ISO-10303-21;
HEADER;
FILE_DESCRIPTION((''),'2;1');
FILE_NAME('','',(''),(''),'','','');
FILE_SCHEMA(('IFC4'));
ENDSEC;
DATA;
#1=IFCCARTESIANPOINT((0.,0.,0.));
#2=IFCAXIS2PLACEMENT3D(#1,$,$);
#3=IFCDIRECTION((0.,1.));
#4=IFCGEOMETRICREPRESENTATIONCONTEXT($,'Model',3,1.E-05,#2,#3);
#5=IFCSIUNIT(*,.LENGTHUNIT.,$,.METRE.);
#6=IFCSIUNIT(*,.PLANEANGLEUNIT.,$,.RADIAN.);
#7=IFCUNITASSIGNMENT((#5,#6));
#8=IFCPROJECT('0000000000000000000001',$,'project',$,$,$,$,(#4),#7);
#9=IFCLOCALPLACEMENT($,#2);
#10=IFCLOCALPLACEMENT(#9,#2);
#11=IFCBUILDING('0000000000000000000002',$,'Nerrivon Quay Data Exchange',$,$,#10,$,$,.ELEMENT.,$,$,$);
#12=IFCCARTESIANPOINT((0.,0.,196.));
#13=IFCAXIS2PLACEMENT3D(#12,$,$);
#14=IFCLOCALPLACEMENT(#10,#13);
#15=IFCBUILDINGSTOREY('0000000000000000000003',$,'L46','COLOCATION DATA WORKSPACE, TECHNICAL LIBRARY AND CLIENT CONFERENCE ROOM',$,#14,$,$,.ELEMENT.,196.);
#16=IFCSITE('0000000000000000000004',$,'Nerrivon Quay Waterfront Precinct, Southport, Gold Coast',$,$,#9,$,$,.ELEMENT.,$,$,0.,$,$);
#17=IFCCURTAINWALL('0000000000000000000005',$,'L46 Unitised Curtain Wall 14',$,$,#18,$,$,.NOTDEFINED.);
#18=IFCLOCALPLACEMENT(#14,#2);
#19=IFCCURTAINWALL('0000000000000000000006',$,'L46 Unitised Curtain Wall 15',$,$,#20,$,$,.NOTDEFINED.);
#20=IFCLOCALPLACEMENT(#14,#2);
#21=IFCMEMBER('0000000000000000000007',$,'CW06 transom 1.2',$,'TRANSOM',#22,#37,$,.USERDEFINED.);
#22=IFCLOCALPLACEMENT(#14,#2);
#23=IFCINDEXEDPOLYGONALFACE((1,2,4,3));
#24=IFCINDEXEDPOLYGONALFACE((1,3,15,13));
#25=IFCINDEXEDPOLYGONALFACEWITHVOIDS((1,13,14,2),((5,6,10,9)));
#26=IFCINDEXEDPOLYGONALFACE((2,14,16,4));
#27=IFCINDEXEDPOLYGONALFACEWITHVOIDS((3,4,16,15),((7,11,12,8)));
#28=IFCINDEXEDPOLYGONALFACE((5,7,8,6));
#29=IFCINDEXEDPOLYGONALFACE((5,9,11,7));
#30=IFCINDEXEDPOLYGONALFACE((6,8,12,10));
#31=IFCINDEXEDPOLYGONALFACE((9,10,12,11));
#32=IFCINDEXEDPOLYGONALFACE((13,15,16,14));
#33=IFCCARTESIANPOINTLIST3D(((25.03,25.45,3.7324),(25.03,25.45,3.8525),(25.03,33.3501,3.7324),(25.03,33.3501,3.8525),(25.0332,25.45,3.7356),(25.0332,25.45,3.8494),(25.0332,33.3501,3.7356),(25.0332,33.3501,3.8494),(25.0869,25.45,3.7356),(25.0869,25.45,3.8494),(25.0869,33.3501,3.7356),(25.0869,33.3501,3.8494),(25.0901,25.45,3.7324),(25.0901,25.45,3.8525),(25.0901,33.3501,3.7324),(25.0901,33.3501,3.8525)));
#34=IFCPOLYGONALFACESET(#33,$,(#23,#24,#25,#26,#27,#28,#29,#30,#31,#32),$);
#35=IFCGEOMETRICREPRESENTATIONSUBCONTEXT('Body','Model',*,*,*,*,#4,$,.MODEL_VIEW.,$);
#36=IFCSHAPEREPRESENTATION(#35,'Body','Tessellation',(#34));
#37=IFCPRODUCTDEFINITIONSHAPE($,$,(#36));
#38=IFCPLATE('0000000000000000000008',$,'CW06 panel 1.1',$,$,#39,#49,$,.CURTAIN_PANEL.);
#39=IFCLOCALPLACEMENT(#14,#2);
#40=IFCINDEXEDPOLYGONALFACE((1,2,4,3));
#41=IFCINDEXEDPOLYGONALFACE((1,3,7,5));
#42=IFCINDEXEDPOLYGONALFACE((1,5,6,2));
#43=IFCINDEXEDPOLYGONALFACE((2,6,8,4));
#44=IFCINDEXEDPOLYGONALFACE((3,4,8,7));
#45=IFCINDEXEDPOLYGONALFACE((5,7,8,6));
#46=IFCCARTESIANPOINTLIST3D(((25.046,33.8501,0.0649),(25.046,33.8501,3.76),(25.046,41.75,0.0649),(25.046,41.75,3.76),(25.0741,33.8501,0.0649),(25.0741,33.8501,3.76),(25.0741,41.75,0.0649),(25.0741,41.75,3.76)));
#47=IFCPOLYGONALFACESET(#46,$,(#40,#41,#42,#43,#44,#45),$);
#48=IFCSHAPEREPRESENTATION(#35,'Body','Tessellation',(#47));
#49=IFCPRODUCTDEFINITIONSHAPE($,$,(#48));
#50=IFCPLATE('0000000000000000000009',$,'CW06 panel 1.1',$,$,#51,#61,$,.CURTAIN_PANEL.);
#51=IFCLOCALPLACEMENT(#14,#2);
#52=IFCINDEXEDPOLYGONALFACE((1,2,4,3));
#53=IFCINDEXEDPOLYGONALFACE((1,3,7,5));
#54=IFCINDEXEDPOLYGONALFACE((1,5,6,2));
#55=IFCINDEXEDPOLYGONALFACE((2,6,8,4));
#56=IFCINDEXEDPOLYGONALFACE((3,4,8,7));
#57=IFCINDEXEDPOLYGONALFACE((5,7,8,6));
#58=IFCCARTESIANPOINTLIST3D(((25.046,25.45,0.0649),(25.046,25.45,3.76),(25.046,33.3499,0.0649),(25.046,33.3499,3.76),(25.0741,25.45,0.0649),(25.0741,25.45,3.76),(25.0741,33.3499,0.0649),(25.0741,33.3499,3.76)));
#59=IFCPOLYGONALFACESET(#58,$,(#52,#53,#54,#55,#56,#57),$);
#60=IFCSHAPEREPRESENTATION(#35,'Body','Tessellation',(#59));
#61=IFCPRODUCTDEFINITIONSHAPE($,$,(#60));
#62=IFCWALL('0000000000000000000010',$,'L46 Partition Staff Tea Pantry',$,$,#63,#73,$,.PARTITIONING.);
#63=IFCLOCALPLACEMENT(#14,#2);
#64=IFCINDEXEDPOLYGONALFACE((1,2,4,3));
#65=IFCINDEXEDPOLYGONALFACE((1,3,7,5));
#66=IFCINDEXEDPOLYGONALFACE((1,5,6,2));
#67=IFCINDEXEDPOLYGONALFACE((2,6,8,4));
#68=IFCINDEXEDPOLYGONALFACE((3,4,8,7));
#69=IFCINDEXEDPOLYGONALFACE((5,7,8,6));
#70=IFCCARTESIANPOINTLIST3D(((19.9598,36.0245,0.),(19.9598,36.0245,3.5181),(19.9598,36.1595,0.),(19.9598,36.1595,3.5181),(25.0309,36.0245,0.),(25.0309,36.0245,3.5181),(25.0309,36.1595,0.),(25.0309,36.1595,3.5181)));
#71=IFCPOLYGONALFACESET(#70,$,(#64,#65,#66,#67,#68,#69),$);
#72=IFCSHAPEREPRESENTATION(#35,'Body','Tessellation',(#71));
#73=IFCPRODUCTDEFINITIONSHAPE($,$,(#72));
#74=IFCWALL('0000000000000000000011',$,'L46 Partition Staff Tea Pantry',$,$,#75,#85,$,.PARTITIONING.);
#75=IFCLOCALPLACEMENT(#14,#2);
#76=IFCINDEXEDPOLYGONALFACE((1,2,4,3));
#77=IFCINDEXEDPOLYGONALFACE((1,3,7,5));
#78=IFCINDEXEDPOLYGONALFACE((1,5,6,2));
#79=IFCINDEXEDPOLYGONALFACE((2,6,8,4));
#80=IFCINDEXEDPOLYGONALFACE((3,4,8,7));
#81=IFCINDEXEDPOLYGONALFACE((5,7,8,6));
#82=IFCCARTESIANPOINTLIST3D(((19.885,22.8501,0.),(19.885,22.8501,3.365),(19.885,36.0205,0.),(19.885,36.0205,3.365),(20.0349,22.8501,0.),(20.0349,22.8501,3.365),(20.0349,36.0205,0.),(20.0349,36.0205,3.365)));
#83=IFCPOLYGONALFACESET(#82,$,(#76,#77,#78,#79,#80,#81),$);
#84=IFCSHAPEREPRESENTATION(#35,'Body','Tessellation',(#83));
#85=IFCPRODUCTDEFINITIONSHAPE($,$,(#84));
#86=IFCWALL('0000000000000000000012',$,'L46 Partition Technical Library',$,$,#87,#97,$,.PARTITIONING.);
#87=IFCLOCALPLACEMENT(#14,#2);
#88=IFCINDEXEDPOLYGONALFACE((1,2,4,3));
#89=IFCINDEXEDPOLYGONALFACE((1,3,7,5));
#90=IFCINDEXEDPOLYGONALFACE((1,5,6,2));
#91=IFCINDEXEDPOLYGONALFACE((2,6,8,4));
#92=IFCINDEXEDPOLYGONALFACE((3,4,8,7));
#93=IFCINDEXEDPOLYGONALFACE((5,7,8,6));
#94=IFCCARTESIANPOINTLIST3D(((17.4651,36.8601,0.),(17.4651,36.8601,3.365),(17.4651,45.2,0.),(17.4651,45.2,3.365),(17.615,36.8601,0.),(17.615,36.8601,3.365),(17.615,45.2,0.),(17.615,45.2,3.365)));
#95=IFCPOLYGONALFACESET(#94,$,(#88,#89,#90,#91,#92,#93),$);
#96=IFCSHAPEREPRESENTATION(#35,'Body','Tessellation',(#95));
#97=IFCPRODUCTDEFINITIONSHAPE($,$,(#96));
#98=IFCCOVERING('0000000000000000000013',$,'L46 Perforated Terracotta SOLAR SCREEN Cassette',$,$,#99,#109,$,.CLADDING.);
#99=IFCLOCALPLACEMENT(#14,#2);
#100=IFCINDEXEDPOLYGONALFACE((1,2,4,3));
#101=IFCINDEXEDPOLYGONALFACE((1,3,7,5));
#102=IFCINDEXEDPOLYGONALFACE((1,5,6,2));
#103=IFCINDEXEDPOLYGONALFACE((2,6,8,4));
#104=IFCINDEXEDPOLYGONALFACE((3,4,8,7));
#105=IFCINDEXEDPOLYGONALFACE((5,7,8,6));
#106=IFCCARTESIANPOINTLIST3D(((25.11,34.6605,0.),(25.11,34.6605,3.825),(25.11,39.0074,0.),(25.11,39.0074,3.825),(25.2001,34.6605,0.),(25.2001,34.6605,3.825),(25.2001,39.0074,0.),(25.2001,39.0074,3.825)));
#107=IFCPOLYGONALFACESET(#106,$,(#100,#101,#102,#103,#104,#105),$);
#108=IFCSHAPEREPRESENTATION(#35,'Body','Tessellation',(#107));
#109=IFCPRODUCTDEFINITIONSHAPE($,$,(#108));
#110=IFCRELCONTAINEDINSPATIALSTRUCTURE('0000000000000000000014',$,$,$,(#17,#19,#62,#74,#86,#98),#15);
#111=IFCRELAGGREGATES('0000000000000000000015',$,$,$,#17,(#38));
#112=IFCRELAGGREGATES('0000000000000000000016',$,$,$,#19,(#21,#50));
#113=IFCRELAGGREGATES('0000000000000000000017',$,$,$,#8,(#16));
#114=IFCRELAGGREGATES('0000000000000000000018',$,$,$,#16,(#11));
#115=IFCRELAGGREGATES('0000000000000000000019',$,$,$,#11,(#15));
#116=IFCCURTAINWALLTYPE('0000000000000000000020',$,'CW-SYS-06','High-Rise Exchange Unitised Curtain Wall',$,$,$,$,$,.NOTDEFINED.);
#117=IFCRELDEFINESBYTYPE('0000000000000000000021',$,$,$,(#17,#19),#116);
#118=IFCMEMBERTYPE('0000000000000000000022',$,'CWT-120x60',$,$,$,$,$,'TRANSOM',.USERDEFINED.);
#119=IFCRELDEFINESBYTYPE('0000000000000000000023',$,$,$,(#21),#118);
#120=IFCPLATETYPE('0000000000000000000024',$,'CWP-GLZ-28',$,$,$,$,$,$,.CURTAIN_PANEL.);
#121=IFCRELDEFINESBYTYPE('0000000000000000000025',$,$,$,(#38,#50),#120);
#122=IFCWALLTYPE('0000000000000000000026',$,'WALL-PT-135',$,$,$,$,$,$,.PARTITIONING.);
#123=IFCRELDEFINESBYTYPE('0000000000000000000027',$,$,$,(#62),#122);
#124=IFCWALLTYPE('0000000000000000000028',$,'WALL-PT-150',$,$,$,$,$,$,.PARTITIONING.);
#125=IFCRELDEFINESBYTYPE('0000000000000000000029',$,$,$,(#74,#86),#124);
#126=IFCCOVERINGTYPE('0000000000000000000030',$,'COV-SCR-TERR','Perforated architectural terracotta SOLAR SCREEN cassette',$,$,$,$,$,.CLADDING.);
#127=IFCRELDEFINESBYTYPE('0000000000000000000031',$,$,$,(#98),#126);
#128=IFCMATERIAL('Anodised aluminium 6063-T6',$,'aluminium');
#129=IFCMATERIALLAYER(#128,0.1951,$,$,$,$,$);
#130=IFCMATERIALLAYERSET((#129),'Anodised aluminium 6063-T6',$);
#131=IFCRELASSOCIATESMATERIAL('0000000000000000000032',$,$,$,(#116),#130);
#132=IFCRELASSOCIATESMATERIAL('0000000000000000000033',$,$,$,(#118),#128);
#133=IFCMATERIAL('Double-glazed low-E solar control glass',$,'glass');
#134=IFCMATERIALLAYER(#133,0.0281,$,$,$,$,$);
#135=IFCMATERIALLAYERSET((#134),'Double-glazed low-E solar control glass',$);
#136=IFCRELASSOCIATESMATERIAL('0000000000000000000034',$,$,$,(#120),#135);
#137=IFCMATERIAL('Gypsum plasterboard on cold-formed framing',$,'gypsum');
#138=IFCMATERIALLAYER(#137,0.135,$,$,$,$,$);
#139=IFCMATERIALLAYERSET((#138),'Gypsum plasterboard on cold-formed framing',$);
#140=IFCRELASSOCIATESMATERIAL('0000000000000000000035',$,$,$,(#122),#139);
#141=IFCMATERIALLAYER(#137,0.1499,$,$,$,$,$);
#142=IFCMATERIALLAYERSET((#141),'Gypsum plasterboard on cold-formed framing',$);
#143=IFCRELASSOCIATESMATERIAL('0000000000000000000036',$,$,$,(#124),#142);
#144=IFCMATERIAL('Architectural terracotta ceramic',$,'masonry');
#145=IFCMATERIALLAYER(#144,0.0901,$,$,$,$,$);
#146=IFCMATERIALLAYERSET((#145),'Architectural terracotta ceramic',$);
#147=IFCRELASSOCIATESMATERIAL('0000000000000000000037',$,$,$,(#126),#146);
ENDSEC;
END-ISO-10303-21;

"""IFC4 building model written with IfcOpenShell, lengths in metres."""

from ifc_helpers import new_model, si_unit, direction, frame, frame_2d, origin, origin_2d, place, context, subcontext, project, spatial, rectangle, hollow_rectangle, extrude, material, layer, layer_set, material_profile, profile_set, type_object, element, aggregate, save


model = new_model("IFC4")

# Units and contexts
model_context = context("Model", 3, precision=1e-05, world=origin(), true_north=direction((0.0, 1.0)))
body_context = subcontext(model_context, "Body", "Model", "MODEL_VIEW")
ifc_project = project(units=[si_unit("LENGTHUNIT", "METRE"), si_unit("PLANEANGLEUNIT", "RADIAN")], contexts=[model_context])

# Site, building, storey
site_placement = place(None, origin())
site = spatial("IfcSite", under=ifc_project, at=site_placement, Name="Nerrivon Quay Waterfront Precinct, Southport, Gold Coast", CompositionType="ELEMENT", RefElevation=0.0)
building_placement = place(site_placement, origin())
building = spatial("IfcBuilding", under=site, at=building_placement, Name="Nerrivon Quay Data Exchange", CompositionType="ELEMENT")
storey_placement = place(building_placement, frame((0.0, 0.0, 196.0)))
storey = spatial("IfcBuildingStorey", under=building, at=storey_placement, Name="L46", Description="COLOCATION DATA WORKSPACE, TECHNICAL LIBRARY AND CLIENT CONFERENCE ROOM", CompositionType="ELEMENT", Elevation=196.0)

# Shared definitions
ifc_material_1 = material(Name="Anodised aluminium 6063-T6", Category="aluminium")
ifc_layer_1 = layer(ifc_material_1, 0.1951)
ifc_layer_set_1 = layer_set([ifc_layer_1], Name="Anodised aluminium 6063-T6")
curtain_wall_type = type_object("IfcCurtainWallType", Name="CW-SYS-06", Description="High-Rise Exchange Unitised Curtain Wall", PredefinedType="NOTDEFINED", material=ifc_layer_set_1)

# Curtain wall
curtain_wall_1_placement = place(storey_placement, origin())
curtain_wall_1 = element("IfcCurtainWall", 1, at=curtain_wall_1_placement, inside=storey, type_object=curtain_wall_type, Name="L46 Unitised Curtain Wall 14", PredefinedType="NOTDEFINED")

# Curtain wall
curtain_wall_2_placement = place(storey_placement, origin())
curtain_wall_2 = element("IfcCurtainWall", 2, at=curtain_wall_2_placement, inside=storey, type_object=curtain_wall_type, Name="L46 Unitised Curtain Wall 15", PredefinedType="NOTDEFINED")

# Member
ifc_material_profile_1 = material_profile(ifc_material_1, hollow_rectangle(XDim=0.0601, YDim=0.1201, WallThickness=0.0032, at=origin_2d()), Name="ALU-TRAN-120x60")
ifc_profile_set_1 = profile_set([ifc_material_profile_1], Name="Anodised aluminium 6063-T6")
member_type_1 = type_object("IfcMemberType", Name="CWT-120x60", ElementType="TRANSOM", PredefinedType="USERDEFINED", material=ifc_profile_set_1)
member_1_placement = place(storey_placement, frame((25.0601, 33.3501, 3.7925), z_axis=(0.0, -1.0, 0.0), x_axis=(1.0, 0.0, 0.0)))
member_1 = element("IfcMember", 3, at=member_1_placement, type_object=member_type_1, Name="CW06 transom 1.2", ObjectType="TRANSOM", PredefinedType="USERDEFINED", context=body_context, shape_type="SweptSolid", body=[
    extrude(hollow_rectangle(XDim=0.0601, YDim=0.1201, WallThickness=0.0032, at=origin_2d()), origin(), (0.0, 0.0, 1.0), 7.9001),
])

# Plates
ifc_material_2 = material(Name="Double-glazed low-E solar control glass", Category="glass")
ifc_layer_2 = layer(ifc_material_2, 0.0281)
ifc_layer_set_2 = layer_set([ifc_layer_2], Name="Double-glazed low-E solar control glass")
plate_type = type_object("IfcPlateType", Name="CWP-GLZ-28", PredefinedType="CURTAIN_PANEL", material=ifc_layer_set_2)
plate_1_placement = place(storey_placement, frame((25.0601, 37.8, 0.0649), z_axis=(0.0, 0.0, 1.0), x_axis=(0.0, -1.0, 0.0)))
plate_1 = element("IfcPlate", 4, at=plate_1_placement, type_object=plate_type, Name="CW06 panel 1.1", PredefinedType="CURTAIN_PANEL", context=body_context, shape_type="SweptSolid", body=[
    extrude(rectangle(XDim=7.8999, YDim=0.0281, at=origin_2d()), origin(), (0.0, 0.0, 1.0), 3.6951),
])
aggregate(curtain_wall_1, [plate_1])
plate_2_placement = place(storey_placement, frame((25.0601, 29.3999, 0.0649), z_axis=(0.0, 0.0, 1.0), x_axis=(0.0, -1.0, 0.0)))
plate_2 = element("IfcPlate", 5, at=plate_2_placement, type_object=plate_type, Name="CW06 panel 1.1", PredefinedType="CURTAIN_PANEL", context=body_context, shape_type="SweptSolid", body=[
    extrude(rectangle(XDim=7.8999, YDim=0.0281, at=origin_2d()), origin(), (0.0, 0.0, 1.0), 3.6951),
])
aggregate(curtain_wall_2, [member_1, plate_2])

# Walls
ifc_material_3 = material(Name="Gypsum plasterboard on cold-formed framing", Category="gypsum")
ifc_layer_3 = layer(ifc_material_3, 0.135)
ifc_layer_set_3 = layer_set([ifc_layer_3], Name="Gypsum plasterboard on cold-formed framing")
wall_type_1 = type_object("IfcWallType", Name="WALL-PT-135", PredefinedType="PARTITIONING", material=ifc_layer_set_3)
wall_1_placement = place(storey_placement, frame((25.031, 36.092, 0.0), z_axis=(0.0, 0.0, 1.0), x_axis=(-1.0, 0.0, 0.0)))
element("IfcWall", 6, at=wall_1_placement, inside=storey, type_object=wall_type_1, Name="L46 Partition Staff Tea Pantry", PredefinedType="PARTITIONING", context=body_context, shape_type="SweptSolid", body=[
    extrude(rectangle(XDim=5.071, YDim=0.135, at=frame_2d((2.5356, 0.0))), origin(), (0.0, 0.0, 1.0), 3.5181),
])
ifc_layer_4 = layer(ifc_material_3, 0.1499)
ifc_layer_set_4 = layer_set([ifc_layer_4], Name="Gypsum plasterboard on cold-formed framing")
wall_type_2 = type_object("IfcWallType", Name="WALL-PT-150", PredefinedType="PARTITIONING", material=ifc_layer_set_4)
wall_2_placement = place(storey_placement, frame((19.96, 36.0205, 0.0), z_axis=(0.0, 0.0, 1.0), x_axis=(0.0, -1.0, 0.0)))
element("IfcWall", 7, at=wall_2_placement, inside=storey, type_object=wall_type_2, Name="L46 Partition Staff Tea Pantry", PredefinedType="PARTITIONING", context=body_context, shape_type="SweptSolid", body=[
    extrude(rectangle(XDim=13.1704, YDim=0.1499, at=frame_2d((6.5852, 0.0))), origin(), (0.0, 0.0, 1.0), 3.365),
])
wall_3_placement = place(storey_placement, frame((17.54, 36.8601, 0.0), z_axis=(0.0, 0.0, 1.0), x_axis=(0.0, 1.0, 0.0)))
element("IfcWall", 8, at=wall_3_placement, inside=storey, type_object=wall_type_2, Name="L46 Partition Technical Library", PredefinedType="PARTITIONING", context=body_context, shape_type="SweptSolid", body=[
    extrude(rectangle(XDim=8.3398, YDim=0.1499, at=frame_2d((4.1699, 0.0))), origin(), (0.0, 0.0, 1.0), 3.365),
])

# Covering
ifc_material_4 = material(Name="Architectural terracotta ceramic", Category="masonry")
ifc_layer_5 = layer(ifc_material_4, 0.0901)
ifc_layer_set_5 = layer_set([ifc_layer_5], Name="Architectural terracotta ceramic")
covering_type = type_object("IfcCoveringType", Name="COV-SCR-TERR", Description="Perforated architectural terracotta SOLAR SCREEN cassette", PredefinedType="CLADDING", material=ifc_layer_set_5)
covering_placement = place(storey_placement, frame((25.155, 36.834, 0.0), z_axis=(0.0, 0.0, 1.0), x_axis=(0.0, -1.0, 0.0)))
element("IfcCovering", 9, at=covering_placement, inside=storey, type_object=covering_type, Name="L46 Perforated Terracotta SOLAR SCREEN Cassette", PredefinedType="CLADDING", context=body_context, shape_type="SweptSolid", body=[
    extrude(rectangle(XDim=4.3469, YDim=0.0901, at=origin_2d()), origin(), (0.0, 0.0, 1.0), 3.825),
])

save(model, "model.ifc")
